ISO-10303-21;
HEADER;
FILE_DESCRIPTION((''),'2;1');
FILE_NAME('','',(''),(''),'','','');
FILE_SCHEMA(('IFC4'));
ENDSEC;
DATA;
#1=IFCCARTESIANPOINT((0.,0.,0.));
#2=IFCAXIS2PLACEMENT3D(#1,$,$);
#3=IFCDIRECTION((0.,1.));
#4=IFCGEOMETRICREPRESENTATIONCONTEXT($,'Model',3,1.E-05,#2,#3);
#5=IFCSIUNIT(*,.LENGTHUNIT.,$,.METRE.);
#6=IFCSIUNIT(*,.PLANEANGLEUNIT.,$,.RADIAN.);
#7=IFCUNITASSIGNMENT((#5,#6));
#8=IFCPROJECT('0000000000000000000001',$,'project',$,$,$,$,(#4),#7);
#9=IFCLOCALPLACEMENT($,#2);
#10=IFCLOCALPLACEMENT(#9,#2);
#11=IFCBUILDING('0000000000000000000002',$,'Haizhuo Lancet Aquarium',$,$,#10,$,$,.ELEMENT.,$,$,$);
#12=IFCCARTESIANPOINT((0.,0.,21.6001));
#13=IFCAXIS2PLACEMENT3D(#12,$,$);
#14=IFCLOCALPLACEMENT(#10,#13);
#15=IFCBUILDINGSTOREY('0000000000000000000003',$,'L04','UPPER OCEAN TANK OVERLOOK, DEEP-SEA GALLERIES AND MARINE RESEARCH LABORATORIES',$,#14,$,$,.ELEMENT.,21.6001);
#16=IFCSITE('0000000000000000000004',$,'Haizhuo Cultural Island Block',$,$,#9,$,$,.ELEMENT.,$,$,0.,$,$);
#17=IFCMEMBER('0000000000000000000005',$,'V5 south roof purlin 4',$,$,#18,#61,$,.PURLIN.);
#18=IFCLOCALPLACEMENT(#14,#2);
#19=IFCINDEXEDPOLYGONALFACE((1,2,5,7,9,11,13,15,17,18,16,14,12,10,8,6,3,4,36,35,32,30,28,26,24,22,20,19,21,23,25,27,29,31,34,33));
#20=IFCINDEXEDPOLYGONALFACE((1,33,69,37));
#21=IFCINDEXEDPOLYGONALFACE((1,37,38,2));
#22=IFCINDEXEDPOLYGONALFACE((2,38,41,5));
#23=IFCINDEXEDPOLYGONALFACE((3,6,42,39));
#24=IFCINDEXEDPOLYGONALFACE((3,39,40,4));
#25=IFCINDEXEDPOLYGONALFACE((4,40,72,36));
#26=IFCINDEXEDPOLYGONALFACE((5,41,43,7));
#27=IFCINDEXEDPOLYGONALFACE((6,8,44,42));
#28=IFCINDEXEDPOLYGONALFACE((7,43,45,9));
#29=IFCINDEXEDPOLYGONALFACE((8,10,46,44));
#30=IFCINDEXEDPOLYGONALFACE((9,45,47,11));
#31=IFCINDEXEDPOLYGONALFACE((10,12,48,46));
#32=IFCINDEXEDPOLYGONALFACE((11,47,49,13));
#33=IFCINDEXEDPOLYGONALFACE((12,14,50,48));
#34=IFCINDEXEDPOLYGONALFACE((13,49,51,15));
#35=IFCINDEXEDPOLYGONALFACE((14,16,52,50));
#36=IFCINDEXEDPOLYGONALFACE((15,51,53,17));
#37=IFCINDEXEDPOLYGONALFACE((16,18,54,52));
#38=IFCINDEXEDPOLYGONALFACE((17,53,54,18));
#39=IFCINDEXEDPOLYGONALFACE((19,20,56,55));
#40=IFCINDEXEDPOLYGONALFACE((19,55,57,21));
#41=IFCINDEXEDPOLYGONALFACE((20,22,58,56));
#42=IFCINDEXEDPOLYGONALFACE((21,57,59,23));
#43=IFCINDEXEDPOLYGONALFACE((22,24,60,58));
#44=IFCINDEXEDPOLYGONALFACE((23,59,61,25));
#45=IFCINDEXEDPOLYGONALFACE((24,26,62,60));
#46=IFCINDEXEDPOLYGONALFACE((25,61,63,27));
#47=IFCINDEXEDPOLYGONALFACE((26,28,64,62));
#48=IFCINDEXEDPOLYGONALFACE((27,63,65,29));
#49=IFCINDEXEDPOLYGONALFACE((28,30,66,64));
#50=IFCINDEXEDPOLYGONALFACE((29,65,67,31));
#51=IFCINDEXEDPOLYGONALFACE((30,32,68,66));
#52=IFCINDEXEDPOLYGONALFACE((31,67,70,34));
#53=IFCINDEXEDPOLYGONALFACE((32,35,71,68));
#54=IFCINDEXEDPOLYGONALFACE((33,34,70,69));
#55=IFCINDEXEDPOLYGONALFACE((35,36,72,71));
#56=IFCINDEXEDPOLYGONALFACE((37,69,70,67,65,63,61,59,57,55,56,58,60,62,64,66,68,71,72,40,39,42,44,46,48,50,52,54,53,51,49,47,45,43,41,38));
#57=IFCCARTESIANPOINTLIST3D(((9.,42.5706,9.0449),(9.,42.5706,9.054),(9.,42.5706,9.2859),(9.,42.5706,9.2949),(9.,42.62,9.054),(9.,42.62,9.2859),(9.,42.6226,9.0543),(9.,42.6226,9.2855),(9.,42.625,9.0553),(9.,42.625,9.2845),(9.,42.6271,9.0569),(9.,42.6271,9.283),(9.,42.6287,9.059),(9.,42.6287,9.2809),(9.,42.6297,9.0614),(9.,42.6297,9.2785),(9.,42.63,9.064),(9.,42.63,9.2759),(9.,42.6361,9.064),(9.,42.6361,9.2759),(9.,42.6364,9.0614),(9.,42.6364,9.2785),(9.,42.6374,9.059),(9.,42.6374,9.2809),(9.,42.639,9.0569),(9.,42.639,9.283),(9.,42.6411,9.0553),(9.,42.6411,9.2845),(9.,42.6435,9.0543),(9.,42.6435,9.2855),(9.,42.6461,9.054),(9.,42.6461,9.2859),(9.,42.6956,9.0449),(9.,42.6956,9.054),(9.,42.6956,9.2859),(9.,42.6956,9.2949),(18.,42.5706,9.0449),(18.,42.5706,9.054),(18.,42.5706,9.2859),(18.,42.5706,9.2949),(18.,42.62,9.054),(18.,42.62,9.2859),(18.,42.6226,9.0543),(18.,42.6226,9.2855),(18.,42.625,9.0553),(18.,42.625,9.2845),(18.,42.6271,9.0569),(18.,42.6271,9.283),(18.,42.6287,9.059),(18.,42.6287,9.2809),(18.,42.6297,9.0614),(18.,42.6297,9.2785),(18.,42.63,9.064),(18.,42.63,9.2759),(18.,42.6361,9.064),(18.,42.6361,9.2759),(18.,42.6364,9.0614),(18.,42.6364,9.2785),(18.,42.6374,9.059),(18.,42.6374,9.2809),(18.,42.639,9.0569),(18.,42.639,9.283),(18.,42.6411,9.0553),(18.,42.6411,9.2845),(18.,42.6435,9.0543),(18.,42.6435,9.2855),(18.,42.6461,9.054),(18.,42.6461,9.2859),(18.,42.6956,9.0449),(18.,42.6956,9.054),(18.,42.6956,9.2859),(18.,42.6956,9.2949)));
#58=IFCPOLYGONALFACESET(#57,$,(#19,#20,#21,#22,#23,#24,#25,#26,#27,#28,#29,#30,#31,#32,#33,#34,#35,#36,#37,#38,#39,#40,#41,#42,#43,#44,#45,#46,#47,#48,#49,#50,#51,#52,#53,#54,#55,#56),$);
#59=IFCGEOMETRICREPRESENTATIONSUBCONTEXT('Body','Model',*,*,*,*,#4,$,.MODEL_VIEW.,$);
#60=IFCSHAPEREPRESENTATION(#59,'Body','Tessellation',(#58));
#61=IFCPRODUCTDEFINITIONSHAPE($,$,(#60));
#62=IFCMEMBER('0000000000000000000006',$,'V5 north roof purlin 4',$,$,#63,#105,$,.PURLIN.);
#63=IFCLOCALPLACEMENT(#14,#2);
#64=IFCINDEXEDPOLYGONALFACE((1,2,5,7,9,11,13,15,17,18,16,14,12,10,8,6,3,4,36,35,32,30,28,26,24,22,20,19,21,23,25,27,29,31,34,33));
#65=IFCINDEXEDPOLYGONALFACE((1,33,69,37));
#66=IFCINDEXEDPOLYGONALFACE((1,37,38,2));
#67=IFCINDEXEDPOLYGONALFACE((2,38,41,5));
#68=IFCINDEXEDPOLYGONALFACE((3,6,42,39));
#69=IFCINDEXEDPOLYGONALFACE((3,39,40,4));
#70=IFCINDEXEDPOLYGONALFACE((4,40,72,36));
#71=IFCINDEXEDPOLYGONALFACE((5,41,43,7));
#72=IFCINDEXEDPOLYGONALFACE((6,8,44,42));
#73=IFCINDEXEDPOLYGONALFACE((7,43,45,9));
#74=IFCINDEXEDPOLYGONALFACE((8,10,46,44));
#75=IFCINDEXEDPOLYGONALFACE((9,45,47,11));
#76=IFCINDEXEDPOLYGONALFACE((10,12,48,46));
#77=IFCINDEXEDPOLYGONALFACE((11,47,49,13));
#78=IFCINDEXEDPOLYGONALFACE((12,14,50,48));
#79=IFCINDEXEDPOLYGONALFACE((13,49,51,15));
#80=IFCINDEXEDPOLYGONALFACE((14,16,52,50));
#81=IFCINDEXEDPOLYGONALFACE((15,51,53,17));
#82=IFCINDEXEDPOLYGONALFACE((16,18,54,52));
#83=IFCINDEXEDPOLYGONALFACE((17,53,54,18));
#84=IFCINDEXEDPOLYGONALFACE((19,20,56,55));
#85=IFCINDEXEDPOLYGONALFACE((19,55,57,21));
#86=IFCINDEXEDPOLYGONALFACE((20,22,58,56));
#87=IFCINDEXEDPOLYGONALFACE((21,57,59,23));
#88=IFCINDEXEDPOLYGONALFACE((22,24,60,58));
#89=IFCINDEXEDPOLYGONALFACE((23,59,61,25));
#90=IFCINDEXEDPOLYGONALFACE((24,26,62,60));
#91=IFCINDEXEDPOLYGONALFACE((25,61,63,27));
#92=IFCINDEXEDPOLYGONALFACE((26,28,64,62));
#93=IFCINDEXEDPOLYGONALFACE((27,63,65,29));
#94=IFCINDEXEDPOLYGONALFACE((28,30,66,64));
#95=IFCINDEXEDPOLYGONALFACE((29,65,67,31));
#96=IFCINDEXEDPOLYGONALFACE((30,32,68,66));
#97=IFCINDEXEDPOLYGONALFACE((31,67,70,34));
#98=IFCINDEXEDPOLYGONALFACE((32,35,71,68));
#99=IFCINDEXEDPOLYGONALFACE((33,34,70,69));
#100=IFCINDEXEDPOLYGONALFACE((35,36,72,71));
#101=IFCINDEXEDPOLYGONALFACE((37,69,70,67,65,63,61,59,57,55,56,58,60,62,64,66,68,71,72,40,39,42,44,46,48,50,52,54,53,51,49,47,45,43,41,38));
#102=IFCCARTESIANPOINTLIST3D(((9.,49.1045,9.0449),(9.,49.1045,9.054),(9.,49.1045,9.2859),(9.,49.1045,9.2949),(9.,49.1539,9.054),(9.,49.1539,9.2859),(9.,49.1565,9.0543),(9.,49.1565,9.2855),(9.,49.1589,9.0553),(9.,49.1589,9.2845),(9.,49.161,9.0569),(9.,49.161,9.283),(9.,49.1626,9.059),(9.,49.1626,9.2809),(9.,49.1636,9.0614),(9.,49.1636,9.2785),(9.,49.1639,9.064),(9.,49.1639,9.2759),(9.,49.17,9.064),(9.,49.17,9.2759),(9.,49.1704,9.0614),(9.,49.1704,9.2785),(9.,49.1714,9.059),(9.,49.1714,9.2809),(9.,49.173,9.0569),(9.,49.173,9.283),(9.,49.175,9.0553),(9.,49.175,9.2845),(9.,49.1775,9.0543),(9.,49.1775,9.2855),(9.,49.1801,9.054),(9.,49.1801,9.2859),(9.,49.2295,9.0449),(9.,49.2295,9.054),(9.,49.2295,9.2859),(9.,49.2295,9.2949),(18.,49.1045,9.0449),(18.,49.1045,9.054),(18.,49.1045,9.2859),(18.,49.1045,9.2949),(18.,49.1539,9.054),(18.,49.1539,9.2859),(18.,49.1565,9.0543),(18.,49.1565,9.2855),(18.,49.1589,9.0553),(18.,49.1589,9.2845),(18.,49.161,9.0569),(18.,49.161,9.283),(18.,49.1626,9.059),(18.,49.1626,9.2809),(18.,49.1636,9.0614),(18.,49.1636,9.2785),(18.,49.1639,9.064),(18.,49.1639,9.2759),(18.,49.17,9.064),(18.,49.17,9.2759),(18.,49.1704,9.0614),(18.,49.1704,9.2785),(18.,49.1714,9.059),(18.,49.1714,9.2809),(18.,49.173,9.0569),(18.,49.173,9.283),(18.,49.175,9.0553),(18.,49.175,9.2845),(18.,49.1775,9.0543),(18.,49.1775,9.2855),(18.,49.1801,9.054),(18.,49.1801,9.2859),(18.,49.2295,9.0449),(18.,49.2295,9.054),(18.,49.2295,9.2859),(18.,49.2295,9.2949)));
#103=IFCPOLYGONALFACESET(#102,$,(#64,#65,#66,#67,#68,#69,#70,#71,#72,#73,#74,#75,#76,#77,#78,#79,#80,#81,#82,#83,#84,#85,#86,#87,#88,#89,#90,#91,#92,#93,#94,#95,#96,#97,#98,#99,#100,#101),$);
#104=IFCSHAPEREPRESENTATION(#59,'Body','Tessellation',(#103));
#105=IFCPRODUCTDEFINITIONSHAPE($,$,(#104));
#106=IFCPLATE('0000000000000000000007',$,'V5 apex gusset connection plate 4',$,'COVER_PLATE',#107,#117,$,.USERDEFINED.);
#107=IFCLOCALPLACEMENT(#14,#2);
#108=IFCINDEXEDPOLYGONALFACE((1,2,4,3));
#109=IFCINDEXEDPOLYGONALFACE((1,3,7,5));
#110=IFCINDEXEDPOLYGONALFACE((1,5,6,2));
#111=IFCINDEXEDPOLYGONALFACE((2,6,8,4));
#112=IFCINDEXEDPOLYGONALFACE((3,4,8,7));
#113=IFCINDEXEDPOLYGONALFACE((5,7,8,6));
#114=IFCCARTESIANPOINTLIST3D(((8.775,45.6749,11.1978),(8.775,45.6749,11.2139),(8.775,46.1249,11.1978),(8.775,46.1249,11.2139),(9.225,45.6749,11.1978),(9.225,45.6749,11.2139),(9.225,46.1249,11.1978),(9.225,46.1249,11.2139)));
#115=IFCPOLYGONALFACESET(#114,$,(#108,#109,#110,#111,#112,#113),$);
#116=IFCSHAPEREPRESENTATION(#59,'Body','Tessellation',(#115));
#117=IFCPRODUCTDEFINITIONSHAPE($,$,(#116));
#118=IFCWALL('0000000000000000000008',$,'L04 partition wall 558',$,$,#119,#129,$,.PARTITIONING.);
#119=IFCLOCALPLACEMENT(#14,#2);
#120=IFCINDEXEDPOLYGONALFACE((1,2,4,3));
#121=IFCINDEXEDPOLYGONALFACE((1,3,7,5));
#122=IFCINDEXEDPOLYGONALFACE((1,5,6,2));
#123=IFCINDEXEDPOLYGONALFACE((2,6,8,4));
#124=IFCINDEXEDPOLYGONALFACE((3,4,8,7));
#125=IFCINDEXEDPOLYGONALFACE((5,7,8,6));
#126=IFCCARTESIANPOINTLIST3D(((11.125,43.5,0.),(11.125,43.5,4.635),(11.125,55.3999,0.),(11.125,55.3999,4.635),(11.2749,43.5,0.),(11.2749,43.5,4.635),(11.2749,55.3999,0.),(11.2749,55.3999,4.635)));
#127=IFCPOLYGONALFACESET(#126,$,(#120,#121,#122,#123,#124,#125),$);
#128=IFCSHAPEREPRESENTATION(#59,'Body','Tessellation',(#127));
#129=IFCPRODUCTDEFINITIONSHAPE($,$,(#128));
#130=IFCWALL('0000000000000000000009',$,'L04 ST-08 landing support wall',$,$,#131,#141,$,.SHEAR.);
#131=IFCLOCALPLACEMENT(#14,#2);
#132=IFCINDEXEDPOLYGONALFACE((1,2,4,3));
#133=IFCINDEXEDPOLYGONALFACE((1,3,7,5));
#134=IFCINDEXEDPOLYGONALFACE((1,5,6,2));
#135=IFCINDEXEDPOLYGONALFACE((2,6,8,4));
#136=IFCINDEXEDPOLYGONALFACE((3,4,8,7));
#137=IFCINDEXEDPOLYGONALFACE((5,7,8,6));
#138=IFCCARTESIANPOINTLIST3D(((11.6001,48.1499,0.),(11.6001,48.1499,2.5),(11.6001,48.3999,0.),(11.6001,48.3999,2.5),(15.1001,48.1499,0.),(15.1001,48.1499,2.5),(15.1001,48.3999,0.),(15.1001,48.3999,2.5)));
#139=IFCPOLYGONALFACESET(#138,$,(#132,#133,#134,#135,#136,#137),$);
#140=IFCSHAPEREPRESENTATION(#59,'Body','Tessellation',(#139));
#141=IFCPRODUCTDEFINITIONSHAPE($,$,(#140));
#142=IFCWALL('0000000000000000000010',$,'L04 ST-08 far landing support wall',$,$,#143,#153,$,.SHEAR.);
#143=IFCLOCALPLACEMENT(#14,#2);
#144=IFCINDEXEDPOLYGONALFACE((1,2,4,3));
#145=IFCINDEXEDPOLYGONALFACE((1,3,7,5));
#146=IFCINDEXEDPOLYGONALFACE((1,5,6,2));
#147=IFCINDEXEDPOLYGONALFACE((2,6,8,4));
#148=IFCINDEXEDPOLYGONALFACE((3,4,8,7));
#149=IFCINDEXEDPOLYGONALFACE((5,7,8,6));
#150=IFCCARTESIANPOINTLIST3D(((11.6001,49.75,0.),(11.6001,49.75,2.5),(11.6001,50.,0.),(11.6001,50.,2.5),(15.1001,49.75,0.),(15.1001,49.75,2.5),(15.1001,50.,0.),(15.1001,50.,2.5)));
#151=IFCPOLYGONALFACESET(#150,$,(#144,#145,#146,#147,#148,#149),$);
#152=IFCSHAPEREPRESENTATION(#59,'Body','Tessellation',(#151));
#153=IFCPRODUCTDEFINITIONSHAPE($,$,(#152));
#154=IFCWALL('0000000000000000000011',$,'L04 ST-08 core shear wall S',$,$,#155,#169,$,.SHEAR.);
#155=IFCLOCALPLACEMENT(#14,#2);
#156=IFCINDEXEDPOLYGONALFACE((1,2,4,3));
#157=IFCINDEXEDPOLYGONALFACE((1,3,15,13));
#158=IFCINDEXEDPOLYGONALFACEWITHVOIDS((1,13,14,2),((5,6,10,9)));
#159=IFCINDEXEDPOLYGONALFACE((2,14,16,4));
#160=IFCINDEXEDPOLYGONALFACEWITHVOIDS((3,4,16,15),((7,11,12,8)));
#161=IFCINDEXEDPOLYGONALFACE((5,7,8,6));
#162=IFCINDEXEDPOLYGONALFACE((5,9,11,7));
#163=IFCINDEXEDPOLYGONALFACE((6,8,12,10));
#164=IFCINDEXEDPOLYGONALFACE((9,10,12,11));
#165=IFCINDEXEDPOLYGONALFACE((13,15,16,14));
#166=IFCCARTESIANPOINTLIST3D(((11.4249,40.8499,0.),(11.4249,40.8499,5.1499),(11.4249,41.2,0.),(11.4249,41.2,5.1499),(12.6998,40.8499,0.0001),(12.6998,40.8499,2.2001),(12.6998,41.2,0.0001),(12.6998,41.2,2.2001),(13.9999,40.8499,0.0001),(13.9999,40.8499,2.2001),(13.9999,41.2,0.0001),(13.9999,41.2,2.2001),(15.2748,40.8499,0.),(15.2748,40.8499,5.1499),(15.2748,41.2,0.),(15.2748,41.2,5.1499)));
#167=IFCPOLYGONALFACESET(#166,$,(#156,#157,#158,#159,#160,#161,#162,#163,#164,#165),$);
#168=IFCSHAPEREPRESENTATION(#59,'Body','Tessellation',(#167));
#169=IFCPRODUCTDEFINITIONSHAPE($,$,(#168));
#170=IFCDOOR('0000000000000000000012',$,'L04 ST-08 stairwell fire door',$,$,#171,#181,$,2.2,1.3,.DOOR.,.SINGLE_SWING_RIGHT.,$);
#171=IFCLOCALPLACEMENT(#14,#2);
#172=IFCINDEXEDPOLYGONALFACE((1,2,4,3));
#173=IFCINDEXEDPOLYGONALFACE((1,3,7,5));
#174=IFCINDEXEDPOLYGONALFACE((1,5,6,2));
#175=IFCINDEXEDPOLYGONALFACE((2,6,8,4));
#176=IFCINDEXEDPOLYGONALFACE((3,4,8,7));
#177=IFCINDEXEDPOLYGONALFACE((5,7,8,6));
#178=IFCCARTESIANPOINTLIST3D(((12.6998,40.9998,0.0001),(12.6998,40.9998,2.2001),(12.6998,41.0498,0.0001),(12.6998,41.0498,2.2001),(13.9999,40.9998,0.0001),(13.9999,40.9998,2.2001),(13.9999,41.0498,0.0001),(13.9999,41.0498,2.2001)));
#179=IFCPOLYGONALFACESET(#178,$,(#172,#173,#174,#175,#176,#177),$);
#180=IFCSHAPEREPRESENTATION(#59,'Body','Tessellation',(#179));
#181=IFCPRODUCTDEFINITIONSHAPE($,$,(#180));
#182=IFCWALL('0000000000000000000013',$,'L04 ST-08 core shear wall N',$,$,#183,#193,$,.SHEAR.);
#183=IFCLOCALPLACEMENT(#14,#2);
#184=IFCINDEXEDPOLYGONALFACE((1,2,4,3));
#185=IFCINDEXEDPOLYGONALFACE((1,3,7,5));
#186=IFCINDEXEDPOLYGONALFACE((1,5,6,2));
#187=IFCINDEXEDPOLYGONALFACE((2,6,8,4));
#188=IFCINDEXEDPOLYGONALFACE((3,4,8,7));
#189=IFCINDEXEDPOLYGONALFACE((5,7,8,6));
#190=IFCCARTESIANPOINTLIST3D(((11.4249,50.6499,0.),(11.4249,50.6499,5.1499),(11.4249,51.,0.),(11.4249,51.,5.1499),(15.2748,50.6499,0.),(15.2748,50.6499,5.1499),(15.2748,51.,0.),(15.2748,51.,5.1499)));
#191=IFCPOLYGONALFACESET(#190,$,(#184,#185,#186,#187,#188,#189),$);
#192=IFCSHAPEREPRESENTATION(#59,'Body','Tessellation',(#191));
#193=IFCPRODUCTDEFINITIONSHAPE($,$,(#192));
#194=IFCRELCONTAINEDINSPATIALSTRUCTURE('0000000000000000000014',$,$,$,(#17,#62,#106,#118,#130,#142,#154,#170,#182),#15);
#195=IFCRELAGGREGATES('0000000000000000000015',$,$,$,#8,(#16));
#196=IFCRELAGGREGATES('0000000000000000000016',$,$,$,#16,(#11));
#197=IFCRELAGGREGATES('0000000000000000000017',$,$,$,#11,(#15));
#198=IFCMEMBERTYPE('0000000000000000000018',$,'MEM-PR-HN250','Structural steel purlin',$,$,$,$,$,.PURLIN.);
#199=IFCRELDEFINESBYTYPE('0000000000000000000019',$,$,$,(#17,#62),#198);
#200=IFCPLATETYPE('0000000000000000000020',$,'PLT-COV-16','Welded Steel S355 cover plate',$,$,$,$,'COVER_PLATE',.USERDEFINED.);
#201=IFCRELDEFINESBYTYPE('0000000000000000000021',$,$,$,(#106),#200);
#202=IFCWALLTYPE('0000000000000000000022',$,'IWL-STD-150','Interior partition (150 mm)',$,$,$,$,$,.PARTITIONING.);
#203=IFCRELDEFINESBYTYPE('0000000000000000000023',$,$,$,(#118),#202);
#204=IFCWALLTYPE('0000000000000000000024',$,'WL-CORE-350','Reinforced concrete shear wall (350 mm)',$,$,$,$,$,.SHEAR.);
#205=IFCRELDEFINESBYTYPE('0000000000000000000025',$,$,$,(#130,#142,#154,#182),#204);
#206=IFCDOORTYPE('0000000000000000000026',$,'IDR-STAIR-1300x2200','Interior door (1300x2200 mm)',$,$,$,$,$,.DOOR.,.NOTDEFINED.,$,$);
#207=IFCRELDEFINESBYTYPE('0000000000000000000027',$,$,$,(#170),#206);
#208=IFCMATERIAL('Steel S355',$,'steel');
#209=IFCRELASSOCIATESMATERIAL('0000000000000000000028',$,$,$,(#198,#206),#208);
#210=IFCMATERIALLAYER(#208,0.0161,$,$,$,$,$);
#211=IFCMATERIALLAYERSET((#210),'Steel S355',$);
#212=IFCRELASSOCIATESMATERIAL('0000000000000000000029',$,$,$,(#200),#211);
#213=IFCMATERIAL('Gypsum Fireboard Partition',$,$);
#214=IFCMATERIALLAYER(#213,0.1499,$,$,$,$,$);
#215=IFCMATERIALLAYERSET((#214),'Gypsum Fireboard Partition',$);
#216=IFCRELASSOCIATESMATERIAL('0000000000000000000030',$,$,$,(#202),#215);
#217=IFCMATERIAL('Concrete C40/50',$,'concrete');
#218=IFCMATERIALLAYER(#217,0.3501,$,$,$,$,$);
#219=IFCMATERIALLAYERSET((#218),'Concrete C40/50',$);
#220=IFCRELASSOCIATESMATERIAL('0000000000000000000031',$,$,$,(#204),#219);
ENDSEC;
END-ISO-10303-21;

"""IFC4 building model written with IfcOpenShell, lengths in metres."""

from ifc_helpers import new_model, si_unit, direction, frame, frame_2d, origin, origin_2d, place, context, subcontext, project, spatial, rectangle, i_section, extrude, material, layer, layer_set, material_profile, profile_set, type_object, element, fill, save


model = new_model("IFC4")

# Units and contexts
model_context = context("Model", 3, precision=1e-05, world=origin(), true_north=direction((0.0, 1.0)))
body_context = subcontext(model_context, "Body", "Model", "MODEL_VIEW")
ifc_project = project(units=[si_unit("LENGTHUNIT", "METRE"), si_unit("PLANEANGLEUNIT", "RADIAN")], contexts=[model_context])

# Site, building, storey
site_placement = place(None, origin())
site = spatial("IfcSite", under=ifc_project, at=site_placement, Name="Haizhuo Cultural Island Block", CompositionType="ELEMENT", RefElevation=0.0)
building_placement = place(site_placement, origin())
building = spatial("IfcBuilding", under=site, at=building_placement, Name="Haizhuo Lancet Aquarium", CompositionType="ELEMENT")
storey_placement = place(building_placement, frame((0.0, 0.0, 21.6001)))
storey = spatial("IfcBuildingStorey", under=building, at=storey_placement, Name="L04", Description="UPPER OCEAN TANK OVERLOOK, DEEP-SEA GALLERIES AND MARINE RESEARCH LABORATORIES", CompositionType="ELEMENT", Elevation=21.6001)

# Shared definitions
ifc_material_1 = material(Name="Concrete C40/50", Category="concrete")

# Members
ifc_material_2 = material(Name="Steel S355", Category="steel")
ifc_material_profile_1 = material_profile(ifc_material_2, i_section(OverallWidth=0.125, OverallDepth=0.25, WebThickness=0.0061, FlangeThickness=0.009, FilletRadius=0.01, at=origin_2d()), Name="HN 250x125x6x9")
ifc_profile_set_1 = profile_set([ifc_material_profile_1], Name="Steel S355")
member_type_1 = type_object("IfcMemberType", Name="MEM-PR-HN250", Description="Structural steel purlin", PredefinedType="PURLIN", material=ifc_profile_set_1)
for number, where, z_axis, x_axis, name in (
    (1, (9.0, 42.6331, 9.1699), (1.0, 0.0, 0.0), (0.0, 1.0, 0.0), "V5 south roof purlin 4"),
    (2, (9.0, 49.167, 9.1699), (1.0, 0.0, 0.0), (0.0, 1.0, 0.0), "V5 north roof purlin 4"),
):
    element("IfcMember", number, at=place(storey_placement, frame(where, z_axis=z_axis, x_axis=x_axis)), inside=storey, type_object=member_type_1, Name=name, PredefinedType="PURLIN", context=body_context, shape_type="SweptSolid", body=[
        extrude(i_section(OverallWidth=0.125, OverallDepth=0.25, WebThickness=0.0061, FlangeThickness=0.009, FilletRadius=0.01, at=origin_2d()), origin(), (0.0, 0.0, 1.0), 9.0),
    ])

# Plate
ifc_layer_1 = layer(ifc_material_2, 0.0161)
ifc_layer_set_1 = layer_set([ifc_layer_1], Name="Steel S355")
plate_type = type_object("IfcPlateType", Name="PLT-COV-16", Description="Welded Steel S355 cover plate", ElementType="COVER_PLATE", PredefinedType="USERDEFINED", material=ifc_layer_set_1)
plate_placement = place(storey_placement, frame((9.0, 45.8999, 11.1978), z_axis=(0.0, 0.0, 1.0), x_axis=(1.0, 0.0, 0.0)))
element("IfcPlate", 3, at=plate_placement, inside=storey, type_object=plate_type, Name="V5 apex gusset connection plate 4", ObjectType="COVER_PLATE", PredefinedType="USERDEFINED", context=body_context, shape_type="SweptSolid", body=[
    extrude(rectangle(XDim=0.45, YDim=0.45, at=origin_2d()), origin(), (0.0, 0.0, 1.0), 0.0161),
])

# Walls
ifc_material_3 = material(Name="Gypsum Fireboard Partition")
ifc_layer_2 = layer(ifc_material_3, 0.1499)
ifc_layer_set_2 = layer_set([ifc_layer_2], Name="Gypsum Fireboard Partition")
wall_type_1 = type_object("IfcWallType", Name="IWL-STD-150", Description="Interior partition (150 mm)", PredefinedType="PARTITIONING", material=ifc_layer_set_2)
wall_1_placement = place(storey_placement, frame((11.2, 43.5, 0.0), z_axis=(0.0, 0.0, 1.0), x_axis=(0.0, 1.0, 0.0)))
element("IfcWall", 4, at=wall_1_placement, inside=storey, type_object=wall_type_1, Name="L04 partition wall 558", PredefinedType="PARTITIONING", context=body_context, shape_type="SweptSolid", body=[
    extrude(rectangle(XDim=11.8999, YDim=0.1499, at=frame_2d((5.95, 0.0))), origin(), (0.0, 0.0, 1.0), 4.635),
])
ifc_layer_3 = layer(ifc_material_1, 0.3501)
ifc_layer_set_3 = layer_set([ifc_layer_3], Name="Concrete C40/50")
wall_type_2 = type_object("IfcWallType", Name="WL-CORE-350", Description="Reinforced concrete shear wall (350 mm)", PredefinedType="SHEAR", material=ifc_layer_set_3)
for number, where, z_axis, x_axis, name in (
    (5, (11.6001, 48.2749, 0.0), (0.0, 0.0, 1.0), (1.0, 0.0, 0.0), "L04 ST-08 landing support wall"),
    (6, (11.6001, 49.875, 0.0), (0.0, 0.0, 1.0), (1.0, 0.0, 0.0), "L04 ST-08 far landing support wall"),
):
    element("IfcWall", number, at=place(storey_placement, frame(where, z_axis=z_axis, x_axis=x_axis)), inside=storey, type_object=wall_type_2, Name=name, PredefinedType="SHEAR", context=body_context, shape_type="SweptSolid", body=[
        extrude(rectangle(XDim=3.5, YDim=0.25, at=frame_2d((1.75, 0.0))), origin(), (0.0, 0.0, 1.0), 2.5),
    ])

# Wall, opening, door
wall_2_placement = place(storey_placement, frame((11.425, 41.0249, 0.0), z_axis=(0.0, 0.0, 1.0), x_axis=(1.0, 0.0, 0.0)))
wall_2 = element("IfcWall", 7, at=wall_2_placement, inside=storey, type_object=wall_type_2, Name="L04 ST-08 core shear wall S", PredefinedType="SHEAR", context=body_context, shape_type="SweptSolid", body=[
    extrude(rectangle(XDim=3.8499, YDim=0.3501, at=frame_2d((1.9248, 0.0))), origin(), (0.0, 0.0, 1.0), 5.1499),
])
opening_placement = place(wall_2_placement, frame((1.2749, 0.0, 0.0)))
opening = element("IfcOpeningElement", 8, at=opening_placement, cuts=wall_2, PredefinedType="OPENING", context=body_context, shape_type="SweptSolid", body=[
    extrude(rectangle(XDim=1.3, YDim=2.2, at=frame_2d((0.6499, 1.1001))), frame((0.0, 0.1851, 0.0), z_axis=(0.0, -1.0, 0.0), x_axis=(1.0, 0.0, 0.0)), (0.0, 0.0, 1.0), 0.3701),
])
door_type = type_object("IfcDoorType", Name="IDR-STAIR-1300x2200", Description="Interior door (1300x2200 mm)", OperationType="NOTDEFINED", PredefinedType="DOOR", material=ifc_material_2)
door_placement = place(opening_placement, origin())
door = element("IfcDoor", 9, at=door_placement, inside=storey, type_object=door_type, Name="L04 ST-08 stairwell fire door", OperationType="SINGLE_SWING_RIGHT", OverallHeight=2.2, OverallWidth=1.3, PredefinedType="DOOR", context=body_context, shape_type="SweptSolid", body=[
    extrude(rectangle(XDim=1.3, YDim=2.2, at=frame_2d((0.6499, 1.1001))), frame((0.0, 0.0249, 0.0), z_axis=(0.0, -1.0, 0.0), x_axis=(1.0, 0.0, 0.0)), (0.0, 0.0, 1.0), 0.05),
])
fill(opening, door)

# Wall
wall_3_placement = place(storey_placement, frame((11.425, 50.825, 0.0), z_axis=(0.0, 0.0, 1.0), x_axis=(1.0, 0.0, 0.0)))
element("IfcWall", 10, at=wall_3_placement, inside=storey, type_object=wall_type_2, Name="L04 ST-08 core shear wall N", PredefinedType="SHEAR", context=body_context, shape_type="SweptSolid", body=[
    extrude(rectangle(XDim=3.8499, YDim=0.3501, at=frame_2d((1.9248, 0.0))), origin(), (0.0, 0.0, 1.0), 5.1499),
])

save(model, "model.ifc")
